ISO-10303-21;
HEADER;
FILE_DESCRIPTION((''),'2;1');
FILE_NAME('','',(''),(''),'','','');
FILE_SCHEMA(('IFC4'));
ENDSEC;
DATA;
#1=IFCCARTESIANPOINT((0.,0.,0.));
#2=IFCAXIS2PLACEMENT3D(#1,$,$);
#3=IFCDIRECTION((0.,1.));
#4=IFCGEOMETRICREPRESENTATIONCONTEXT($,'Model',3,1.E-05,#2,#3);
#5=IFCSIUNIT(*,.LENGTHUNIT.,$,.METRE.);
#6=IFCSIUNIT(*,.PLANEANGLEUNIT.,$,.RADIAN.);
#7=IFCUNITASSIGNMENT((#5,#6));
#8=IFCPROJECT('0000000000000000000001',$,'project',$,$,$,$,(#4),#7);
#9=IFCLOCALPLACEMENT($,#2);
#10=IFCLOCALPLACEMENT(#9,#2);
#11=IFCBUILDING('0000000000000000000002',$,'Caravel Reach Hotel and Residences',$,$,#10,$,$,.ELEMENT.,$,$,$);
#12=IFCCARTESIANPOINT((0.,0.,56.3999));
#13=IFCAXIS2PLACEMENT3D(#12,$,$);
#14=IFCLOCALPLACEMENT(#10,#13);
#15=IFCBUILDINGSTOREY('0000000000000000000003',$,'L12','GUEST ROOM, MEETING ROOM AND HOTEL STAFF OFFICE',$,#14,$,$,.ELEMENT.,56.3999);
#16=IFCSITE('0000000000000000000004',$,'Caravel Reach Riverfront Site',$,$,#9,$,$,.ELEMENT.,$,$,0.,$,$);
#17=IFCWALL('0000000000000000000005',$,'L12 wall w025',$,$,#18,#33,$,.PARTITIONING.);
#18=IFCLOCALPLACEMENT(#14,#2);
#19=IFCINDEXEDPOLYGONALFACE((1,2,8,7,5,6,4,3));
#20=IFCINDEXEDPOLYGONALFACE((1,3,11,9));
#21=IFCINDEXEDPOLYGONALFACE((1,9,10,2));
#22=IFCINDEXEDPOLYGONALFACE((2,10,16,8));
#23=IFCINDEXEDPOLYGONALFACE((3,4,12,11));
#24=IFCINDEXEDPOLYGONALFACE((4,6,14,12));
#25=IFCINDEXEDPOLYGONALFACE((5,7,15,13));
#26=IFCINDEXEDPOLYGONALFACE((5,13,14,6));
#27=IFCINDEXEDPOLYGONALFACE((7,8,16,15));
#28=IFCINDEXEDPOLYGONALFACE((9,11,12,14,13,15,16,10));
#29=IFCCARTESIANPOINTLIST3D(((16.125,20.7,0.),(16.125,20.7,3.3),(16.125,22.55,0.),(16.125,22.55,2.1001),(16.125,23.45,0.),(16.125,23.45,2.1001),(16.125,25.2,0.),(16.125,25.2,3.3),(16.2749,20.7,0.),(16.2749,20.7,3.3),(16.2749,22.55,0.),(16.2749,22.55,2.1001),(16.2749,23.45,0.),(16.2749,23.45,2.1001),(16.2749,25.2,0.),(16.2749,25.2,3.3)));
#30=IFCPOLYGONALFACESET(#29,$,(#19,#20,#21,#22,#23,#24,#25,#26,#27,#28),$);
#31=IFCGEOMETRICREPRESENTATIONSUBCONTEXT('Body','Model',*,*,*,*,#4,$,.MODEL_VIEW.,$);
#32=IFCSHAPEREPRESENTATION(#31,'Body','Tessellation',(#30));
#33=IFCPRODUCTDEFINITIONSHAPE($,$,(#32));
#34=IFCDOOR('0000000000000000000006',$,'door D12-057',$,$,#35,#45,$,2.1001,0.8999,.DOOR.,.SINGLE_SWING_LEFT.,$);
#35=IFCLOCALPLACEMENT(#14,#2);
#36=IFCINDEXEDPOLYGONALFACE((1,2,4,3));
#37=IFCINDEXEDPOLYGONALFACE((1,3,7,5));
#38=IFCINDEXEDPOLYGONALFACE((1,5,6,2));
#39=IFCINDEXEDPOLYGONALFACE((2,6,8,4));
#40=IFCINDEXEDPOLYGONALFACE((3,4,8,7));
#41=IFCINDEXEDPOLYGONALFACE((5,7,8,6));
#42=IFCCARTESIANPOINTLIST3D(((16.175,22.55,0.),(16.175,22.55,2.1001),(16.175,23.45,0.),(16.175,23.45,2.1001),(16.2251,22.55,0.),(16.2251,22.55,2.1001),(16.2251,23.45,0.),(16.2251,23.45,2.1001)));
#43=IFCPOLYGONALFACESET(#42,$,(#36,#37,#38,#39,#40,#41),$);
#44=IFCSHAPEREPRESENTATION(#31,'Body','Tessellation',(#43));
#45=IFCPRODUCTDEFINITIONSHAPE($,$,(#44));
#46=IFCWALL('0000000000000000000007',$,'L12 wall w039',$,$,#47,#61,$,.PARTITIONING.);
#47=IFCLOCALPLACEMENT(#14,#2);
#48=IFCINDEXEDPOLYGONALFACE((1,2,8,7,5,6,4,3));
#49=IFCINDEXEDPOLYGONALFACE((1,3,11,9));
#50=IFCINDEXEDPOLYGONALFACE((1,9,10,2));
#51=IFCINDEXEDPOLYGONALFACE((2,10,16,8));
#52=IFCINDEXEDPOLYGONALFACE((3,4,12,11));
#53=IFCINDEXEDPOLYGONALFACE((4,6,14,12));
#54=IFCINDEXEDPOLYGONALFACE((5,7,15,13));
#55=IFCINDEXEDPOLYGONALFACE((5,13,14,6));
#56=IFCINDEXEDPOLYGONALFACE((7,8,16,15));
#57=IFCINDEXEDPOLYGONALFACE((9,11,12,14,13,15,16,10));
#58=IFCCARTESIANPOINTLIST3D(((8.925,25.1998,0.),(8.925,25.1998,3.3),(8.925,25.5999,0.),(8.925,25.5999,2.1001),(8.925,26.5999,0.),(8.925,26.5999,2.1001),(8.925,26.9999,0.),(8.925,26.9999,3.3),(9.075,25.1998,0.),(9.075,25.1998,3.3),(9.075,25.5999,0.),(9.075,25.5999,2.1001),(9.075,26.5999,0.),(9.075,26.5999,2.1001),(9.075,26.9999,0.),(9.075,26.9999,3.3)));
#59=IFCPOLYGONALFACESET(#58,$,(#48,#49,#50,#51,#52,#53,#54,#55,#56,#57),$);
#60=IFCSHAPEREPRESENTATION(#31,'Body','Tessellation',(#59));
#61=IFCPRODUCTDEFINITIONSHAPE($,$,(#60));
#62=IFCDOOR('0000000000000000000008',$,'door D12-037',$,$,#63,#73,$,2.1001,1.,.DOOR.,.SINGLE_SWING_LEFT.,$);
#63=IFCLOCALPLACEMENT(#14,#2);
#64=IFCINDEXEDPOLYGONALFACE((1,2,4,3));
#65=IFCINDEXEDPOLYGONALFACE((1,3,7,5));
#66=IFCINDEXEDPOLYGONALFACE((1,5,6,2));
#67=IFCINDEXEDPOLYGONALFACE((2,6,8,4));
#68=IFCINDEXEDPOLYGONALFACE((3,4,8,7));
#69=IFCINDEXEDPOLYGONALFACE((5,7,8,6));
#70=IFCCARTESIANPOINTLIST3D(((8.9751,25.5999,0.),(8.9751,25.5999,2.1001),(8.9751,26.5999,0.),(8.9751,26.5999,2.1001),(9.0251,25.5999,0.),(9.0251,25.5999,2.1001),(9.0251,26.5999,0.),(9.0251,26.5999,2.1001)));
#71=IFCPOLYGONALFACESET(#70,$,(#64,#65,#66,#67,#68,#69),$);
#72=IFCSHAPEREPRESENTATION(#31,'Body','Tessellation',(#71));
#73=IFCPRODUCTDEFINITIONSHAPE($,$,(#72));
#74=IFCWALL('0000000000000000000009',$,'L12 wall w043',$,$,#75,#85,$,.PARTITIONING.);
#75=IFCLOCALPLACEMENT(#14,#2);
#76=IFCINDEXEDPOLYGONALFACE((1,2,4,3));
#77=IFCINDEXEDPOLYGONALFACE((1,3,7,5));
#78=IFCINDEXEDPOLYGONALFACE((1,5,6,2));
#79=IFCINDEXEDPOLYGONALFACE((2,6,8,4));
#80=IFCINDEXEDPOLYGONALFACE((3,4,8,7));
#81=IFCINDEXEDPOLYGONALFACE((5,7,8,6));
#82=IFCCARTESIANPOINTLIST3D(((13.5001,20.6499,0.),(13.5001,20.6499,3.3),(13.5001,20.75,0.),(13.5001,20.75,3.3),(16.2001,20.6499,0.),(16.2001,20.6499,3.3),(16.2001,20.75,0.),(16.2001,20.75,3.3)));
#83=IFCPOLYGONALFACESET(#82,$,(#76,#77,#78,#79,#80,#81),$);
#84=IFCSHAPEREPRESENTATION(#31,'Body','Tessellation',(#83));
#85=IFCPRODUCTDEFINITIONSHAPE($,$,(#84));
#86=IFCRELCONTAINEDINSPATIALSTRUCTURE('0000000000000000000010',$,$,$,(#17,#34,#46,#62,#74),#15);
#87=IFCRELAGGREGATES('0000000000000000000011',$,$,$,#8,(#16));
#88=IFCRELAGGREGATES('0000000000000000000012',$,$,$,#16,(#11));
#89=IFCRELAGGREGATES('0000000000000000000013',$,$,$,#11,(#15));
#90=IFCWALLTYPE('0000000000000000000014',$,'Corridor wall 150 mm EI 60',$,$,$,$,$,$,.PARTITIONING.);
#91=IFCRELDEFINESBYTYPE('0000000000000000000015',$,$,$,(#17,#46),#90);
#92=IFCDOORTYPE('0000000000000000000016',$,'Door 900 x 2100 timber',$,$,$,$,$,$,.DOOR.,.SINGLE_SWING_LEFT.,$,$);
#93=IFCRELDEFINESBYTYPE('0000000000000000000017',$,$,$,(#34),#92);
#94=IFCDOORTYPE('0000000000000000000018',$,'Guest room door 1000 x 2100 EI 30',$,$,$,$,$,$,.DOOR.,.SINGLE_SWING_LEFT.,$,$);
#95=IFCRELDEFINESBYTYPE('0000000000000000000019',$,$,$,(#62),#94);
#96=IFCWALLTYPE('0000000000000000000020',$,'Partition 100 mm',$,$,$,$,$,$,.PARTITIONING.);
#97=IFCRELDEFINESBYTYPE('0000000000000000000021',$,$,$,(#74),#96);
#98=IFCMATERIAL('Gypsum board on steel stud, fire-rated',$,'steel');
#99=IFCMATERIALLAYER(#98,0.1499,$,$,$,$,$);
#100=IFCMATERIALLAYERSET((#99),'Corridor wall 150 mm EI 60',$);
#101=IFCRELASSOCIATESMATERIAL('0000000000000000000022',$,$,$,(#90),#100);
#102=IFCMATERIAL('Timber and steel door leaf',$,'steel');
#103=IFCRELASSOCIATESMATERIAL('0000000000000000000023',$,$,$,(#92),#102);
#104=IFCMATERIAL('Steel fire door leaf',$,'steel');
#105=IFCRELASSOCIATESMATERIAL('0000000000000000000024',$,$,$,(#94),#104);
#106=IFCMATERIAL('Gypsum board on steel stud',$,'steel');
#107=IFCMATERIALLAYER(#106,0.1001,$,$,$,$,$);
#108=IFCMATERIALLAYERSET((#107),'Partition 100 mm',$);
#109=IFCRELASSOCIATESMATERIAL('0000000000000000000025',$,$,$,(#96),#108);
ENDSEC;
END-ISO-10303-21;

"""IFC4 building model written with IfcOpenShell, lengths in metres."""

from ifc_helpers import new_model, si_unit, direction, frame, frame_2d, origin, place, context, subcontext, project, spatial, rectangle, extrude, material, layer, layer_set, type_object, element, fill, save


model = new_model("IFC4")

# Units and contexts
model_context = context("Model", 3, precision=1e-05, world=origin(), true_north=direction((0.0, 1.0)))
body_context = subcontext(model_context, "Body", "Model", "MODEL_VIEW")
ifc_project = project(units=[si_unit("LENGTHUNIT", "METRE"), si_unit("PLANEANGLEUNIT", "RADIAN")], contexts=[model_context])

# Site, building, storey
site_placement = place(None, origin())
site = spatial("IfcSite", under=ifc_project, at=site_placement, Name="Caravel Reach Riverfront Site", CompositionType="ELEMENT", RefElevation=0.0)
building_placement = place(site_placement, origin())
building = spatial("IfcBuilding", under=site, at=building_placement, Name="Caravel Reach Hotel and Residences", CompositionType="ELEMENT")
storey_placement = place(building_placement, frame((0.0, 0.0, 56.3999)))
storey = spatial("IfcBuildingStorey", under=building, at=storey_placement, Name="L12", Description="GUEST ROOM, MEETING ROOM AND HOTEL STAFF OFFICE", CompositionType="ELEMENT", Elevation=56.3999)

# Shared definitions
ifc_material_1 = material(Name="Gypsum board on steel stud, fire-rated", Category="steel")
ifc_layer_1 = layer(ifc_material_1, 0.1499)
ifc_layer_set_1 = layer_set([ifc_layer_1], Name="Corridor wall 150 mm EI 60")
wall_type_1 = type_object("IfcWallType", Name="Corridor wall 150 mm EI 60", PredefinedType="PARTITIONING", material=ifc_layer_set_1)
ifc_material_2 = material(Name="Timber and steel door leaf", Category="steel")
door_type_1 = type_object("IfcDoorType", Name="Door 900 x 2100 timber", OperationType="SINGLE_SWING_LEFT", PredefinedType="DOOR", material=ifc_material_2)
ifc_material_3 = material(Name="Steel fire door leaf", Category="steel")
door_type_2 = type_object("IfcDoorType", Name="Guest room door 1000 x 2100 EI 30", OperationType="SINGLE_SWING_LEFT", PredefinedType="DOOR", material=ifc_material_3)

# Walls, openings, doors
wall_1_placement = place(storey_placement, frame((16.2, 20.7, 0.0), z_axis=(0.0, 0.0, 1.0), x_axis=(0.0, 1.0, 0.0)))
wall_1 = element("IfcWall", 1, at=wall_1_placement, inside=storey, type_object=wall_type_1, Name="L12 wall w025", PredefinedType="PARTITIONING", context=body_context, shape_type="SweptSolid", body=[
    extrude(rectangle(XDim=4.5, YDim=0.1499, at=frame_2d((2.25, 0.0))), origin(), (0.0, 0.0, 1.0), 3.3),
])
opening_1_placement = place(wall_1_placement, frame((1.8501, 0.0, 0.0)))
opening_1 = element("IfcOpeningElement", 2, at=opening_1_placement, cuts=wall_1, PredefinedType="OPENING", context=body_context, shape_type="SweptSolid", body=[
    extrude(rectangle(XDim=0.8999, YDim=2.1001, at=frame_2d((0.45, 1.05))), frame((0.0, 0.085, 0.0), z_axis=(0.0, -1.0, 0.0), x_axis=(1.0, 0.0, 0.0)), (0.0, 0.0, 1.0), 0.1699),
])
door_1_placement = place(opening_1_placement, origin())
door_1 = element("IfcDoor", 3, at=door_1_placement, inside=storey, type_object=door_type_1, Name="door D12-057", OperationType="SINGLE_SWING_LEFT", OverallHeight=2.1001, OverallWidth=0.8999, PredefinedType="DOOR", context=body_context, shape_type="SweptSolid", body=[
    extrude(rectangle(XDim=0.8999, YDim=2.1001, at=frame_2d((0.45, 1.05))), frame((0.0, 0.0249, 0.0), z_axis=(0.0, -1.0, 0.0), x_axis=(1.0, 0.0, 0.0)), (0.0, 0.0, 1.0), 0.05),
])
fill(opening_1, door_1)
wall_2_placement = place(storey_placement, frame((9.0, 25.2, 0.0), z_axis=(0.0, 0.0, 1.0), x_axis=(0.0, 1.0, 0.0)))
wall_2 = element("IfcWall", 4, at=wall_2_placement, inside=storey, type_object=wall_type_1, Name="L12 wall w039", PredefinedType="PARTITIONING", context=body_context, shape_type="SweptSolid", body=[
    extrude(rectangle(XDim=1.8, YDim=0.1499, at=frame_2d((0.8999, 0.0))), origin(), (0.0, 0.0, 1.0), 3.3),
])
opening_2_placement = place(wall_2_placement, frame((0.3999, 0.0, 0.0)))
opening_2 = element("IfcOpeningElement", 5, at=opening_2_placement, cuts=wall_2, PredefinedType="OPENING", context=body_context, shape_type="SweptSolid", body=[
    extrude(rectangle(XDim=1.0, YDim=2.1001, at=frame_2d((0.5, 1.05))), frame((0.0, 0.085, 0.0), z_axis=(0.0, -1.0, 0.0), x_axis=(1.0, 0.0, 0.0)), (0.0, 0.0, 1.0), 0.1699),
])
door_2_placement = place(opening_2_placement, origin())
door_2 = element("IfcDoor", 6, at=door_2_placement, inside=storey, type_object=door_type_2, Name="door D12-037", OperationType="SINGLE_SWING_LEFT", OverallHeight=2.1001, OverallWidth=1.0, PredefinedType="DOOR", context=body_context, shape_type="SweptSolid", body=[
    extrude(rectangle(XDim=1.0, YDim=2.1001, at=frame_2d((0.5, 1.05))), frame((0.0, 0.0249, 0.0), z_axis=(0.0, -1.0, 0.0), x_axis=(1.0, 0.0, 0.0)), (0.0, 0.0, 1.0), 0.05),
])
fill(opening_2, door_2)

# Wall
ifc_material_4 = material(Name="Gypsum board on steel stud", Category="steel")
ifc_layer_2 = layer(ifc_material_4, 0.1001)
ifc_layer_set_2 = layer_set([ifc_layer_2], Name="Partition 100 mm")
wall_type_2 = type_object("IfcWallType", Name="Partition 100 mm", PredefinedType="PARTITIONING", material=ifc_layer_set_2)
wall_3_placement = place(storey_placement, frame((13.5, 20.7, 0.0), z_axis=(0.0, 0.0, 1.0), x_axis=(1.0, 0.0, 0.0)))
element("IfcWall", 7, at=wall_3_placement, inside=storey, type_object=wall_type_2, Name="L12 wall w043", PredefinedType="PARTITIONING", context=body_context, shape_type="SweptSolid", body=[
    extrude(rectangle(XDim=2.7, YDim=0.1001, at=frame_2d((1.3501, 0.0))), origin(), (0.0, 0.0, 1.0), 3.3),
])

save(model, "model.ifc")
